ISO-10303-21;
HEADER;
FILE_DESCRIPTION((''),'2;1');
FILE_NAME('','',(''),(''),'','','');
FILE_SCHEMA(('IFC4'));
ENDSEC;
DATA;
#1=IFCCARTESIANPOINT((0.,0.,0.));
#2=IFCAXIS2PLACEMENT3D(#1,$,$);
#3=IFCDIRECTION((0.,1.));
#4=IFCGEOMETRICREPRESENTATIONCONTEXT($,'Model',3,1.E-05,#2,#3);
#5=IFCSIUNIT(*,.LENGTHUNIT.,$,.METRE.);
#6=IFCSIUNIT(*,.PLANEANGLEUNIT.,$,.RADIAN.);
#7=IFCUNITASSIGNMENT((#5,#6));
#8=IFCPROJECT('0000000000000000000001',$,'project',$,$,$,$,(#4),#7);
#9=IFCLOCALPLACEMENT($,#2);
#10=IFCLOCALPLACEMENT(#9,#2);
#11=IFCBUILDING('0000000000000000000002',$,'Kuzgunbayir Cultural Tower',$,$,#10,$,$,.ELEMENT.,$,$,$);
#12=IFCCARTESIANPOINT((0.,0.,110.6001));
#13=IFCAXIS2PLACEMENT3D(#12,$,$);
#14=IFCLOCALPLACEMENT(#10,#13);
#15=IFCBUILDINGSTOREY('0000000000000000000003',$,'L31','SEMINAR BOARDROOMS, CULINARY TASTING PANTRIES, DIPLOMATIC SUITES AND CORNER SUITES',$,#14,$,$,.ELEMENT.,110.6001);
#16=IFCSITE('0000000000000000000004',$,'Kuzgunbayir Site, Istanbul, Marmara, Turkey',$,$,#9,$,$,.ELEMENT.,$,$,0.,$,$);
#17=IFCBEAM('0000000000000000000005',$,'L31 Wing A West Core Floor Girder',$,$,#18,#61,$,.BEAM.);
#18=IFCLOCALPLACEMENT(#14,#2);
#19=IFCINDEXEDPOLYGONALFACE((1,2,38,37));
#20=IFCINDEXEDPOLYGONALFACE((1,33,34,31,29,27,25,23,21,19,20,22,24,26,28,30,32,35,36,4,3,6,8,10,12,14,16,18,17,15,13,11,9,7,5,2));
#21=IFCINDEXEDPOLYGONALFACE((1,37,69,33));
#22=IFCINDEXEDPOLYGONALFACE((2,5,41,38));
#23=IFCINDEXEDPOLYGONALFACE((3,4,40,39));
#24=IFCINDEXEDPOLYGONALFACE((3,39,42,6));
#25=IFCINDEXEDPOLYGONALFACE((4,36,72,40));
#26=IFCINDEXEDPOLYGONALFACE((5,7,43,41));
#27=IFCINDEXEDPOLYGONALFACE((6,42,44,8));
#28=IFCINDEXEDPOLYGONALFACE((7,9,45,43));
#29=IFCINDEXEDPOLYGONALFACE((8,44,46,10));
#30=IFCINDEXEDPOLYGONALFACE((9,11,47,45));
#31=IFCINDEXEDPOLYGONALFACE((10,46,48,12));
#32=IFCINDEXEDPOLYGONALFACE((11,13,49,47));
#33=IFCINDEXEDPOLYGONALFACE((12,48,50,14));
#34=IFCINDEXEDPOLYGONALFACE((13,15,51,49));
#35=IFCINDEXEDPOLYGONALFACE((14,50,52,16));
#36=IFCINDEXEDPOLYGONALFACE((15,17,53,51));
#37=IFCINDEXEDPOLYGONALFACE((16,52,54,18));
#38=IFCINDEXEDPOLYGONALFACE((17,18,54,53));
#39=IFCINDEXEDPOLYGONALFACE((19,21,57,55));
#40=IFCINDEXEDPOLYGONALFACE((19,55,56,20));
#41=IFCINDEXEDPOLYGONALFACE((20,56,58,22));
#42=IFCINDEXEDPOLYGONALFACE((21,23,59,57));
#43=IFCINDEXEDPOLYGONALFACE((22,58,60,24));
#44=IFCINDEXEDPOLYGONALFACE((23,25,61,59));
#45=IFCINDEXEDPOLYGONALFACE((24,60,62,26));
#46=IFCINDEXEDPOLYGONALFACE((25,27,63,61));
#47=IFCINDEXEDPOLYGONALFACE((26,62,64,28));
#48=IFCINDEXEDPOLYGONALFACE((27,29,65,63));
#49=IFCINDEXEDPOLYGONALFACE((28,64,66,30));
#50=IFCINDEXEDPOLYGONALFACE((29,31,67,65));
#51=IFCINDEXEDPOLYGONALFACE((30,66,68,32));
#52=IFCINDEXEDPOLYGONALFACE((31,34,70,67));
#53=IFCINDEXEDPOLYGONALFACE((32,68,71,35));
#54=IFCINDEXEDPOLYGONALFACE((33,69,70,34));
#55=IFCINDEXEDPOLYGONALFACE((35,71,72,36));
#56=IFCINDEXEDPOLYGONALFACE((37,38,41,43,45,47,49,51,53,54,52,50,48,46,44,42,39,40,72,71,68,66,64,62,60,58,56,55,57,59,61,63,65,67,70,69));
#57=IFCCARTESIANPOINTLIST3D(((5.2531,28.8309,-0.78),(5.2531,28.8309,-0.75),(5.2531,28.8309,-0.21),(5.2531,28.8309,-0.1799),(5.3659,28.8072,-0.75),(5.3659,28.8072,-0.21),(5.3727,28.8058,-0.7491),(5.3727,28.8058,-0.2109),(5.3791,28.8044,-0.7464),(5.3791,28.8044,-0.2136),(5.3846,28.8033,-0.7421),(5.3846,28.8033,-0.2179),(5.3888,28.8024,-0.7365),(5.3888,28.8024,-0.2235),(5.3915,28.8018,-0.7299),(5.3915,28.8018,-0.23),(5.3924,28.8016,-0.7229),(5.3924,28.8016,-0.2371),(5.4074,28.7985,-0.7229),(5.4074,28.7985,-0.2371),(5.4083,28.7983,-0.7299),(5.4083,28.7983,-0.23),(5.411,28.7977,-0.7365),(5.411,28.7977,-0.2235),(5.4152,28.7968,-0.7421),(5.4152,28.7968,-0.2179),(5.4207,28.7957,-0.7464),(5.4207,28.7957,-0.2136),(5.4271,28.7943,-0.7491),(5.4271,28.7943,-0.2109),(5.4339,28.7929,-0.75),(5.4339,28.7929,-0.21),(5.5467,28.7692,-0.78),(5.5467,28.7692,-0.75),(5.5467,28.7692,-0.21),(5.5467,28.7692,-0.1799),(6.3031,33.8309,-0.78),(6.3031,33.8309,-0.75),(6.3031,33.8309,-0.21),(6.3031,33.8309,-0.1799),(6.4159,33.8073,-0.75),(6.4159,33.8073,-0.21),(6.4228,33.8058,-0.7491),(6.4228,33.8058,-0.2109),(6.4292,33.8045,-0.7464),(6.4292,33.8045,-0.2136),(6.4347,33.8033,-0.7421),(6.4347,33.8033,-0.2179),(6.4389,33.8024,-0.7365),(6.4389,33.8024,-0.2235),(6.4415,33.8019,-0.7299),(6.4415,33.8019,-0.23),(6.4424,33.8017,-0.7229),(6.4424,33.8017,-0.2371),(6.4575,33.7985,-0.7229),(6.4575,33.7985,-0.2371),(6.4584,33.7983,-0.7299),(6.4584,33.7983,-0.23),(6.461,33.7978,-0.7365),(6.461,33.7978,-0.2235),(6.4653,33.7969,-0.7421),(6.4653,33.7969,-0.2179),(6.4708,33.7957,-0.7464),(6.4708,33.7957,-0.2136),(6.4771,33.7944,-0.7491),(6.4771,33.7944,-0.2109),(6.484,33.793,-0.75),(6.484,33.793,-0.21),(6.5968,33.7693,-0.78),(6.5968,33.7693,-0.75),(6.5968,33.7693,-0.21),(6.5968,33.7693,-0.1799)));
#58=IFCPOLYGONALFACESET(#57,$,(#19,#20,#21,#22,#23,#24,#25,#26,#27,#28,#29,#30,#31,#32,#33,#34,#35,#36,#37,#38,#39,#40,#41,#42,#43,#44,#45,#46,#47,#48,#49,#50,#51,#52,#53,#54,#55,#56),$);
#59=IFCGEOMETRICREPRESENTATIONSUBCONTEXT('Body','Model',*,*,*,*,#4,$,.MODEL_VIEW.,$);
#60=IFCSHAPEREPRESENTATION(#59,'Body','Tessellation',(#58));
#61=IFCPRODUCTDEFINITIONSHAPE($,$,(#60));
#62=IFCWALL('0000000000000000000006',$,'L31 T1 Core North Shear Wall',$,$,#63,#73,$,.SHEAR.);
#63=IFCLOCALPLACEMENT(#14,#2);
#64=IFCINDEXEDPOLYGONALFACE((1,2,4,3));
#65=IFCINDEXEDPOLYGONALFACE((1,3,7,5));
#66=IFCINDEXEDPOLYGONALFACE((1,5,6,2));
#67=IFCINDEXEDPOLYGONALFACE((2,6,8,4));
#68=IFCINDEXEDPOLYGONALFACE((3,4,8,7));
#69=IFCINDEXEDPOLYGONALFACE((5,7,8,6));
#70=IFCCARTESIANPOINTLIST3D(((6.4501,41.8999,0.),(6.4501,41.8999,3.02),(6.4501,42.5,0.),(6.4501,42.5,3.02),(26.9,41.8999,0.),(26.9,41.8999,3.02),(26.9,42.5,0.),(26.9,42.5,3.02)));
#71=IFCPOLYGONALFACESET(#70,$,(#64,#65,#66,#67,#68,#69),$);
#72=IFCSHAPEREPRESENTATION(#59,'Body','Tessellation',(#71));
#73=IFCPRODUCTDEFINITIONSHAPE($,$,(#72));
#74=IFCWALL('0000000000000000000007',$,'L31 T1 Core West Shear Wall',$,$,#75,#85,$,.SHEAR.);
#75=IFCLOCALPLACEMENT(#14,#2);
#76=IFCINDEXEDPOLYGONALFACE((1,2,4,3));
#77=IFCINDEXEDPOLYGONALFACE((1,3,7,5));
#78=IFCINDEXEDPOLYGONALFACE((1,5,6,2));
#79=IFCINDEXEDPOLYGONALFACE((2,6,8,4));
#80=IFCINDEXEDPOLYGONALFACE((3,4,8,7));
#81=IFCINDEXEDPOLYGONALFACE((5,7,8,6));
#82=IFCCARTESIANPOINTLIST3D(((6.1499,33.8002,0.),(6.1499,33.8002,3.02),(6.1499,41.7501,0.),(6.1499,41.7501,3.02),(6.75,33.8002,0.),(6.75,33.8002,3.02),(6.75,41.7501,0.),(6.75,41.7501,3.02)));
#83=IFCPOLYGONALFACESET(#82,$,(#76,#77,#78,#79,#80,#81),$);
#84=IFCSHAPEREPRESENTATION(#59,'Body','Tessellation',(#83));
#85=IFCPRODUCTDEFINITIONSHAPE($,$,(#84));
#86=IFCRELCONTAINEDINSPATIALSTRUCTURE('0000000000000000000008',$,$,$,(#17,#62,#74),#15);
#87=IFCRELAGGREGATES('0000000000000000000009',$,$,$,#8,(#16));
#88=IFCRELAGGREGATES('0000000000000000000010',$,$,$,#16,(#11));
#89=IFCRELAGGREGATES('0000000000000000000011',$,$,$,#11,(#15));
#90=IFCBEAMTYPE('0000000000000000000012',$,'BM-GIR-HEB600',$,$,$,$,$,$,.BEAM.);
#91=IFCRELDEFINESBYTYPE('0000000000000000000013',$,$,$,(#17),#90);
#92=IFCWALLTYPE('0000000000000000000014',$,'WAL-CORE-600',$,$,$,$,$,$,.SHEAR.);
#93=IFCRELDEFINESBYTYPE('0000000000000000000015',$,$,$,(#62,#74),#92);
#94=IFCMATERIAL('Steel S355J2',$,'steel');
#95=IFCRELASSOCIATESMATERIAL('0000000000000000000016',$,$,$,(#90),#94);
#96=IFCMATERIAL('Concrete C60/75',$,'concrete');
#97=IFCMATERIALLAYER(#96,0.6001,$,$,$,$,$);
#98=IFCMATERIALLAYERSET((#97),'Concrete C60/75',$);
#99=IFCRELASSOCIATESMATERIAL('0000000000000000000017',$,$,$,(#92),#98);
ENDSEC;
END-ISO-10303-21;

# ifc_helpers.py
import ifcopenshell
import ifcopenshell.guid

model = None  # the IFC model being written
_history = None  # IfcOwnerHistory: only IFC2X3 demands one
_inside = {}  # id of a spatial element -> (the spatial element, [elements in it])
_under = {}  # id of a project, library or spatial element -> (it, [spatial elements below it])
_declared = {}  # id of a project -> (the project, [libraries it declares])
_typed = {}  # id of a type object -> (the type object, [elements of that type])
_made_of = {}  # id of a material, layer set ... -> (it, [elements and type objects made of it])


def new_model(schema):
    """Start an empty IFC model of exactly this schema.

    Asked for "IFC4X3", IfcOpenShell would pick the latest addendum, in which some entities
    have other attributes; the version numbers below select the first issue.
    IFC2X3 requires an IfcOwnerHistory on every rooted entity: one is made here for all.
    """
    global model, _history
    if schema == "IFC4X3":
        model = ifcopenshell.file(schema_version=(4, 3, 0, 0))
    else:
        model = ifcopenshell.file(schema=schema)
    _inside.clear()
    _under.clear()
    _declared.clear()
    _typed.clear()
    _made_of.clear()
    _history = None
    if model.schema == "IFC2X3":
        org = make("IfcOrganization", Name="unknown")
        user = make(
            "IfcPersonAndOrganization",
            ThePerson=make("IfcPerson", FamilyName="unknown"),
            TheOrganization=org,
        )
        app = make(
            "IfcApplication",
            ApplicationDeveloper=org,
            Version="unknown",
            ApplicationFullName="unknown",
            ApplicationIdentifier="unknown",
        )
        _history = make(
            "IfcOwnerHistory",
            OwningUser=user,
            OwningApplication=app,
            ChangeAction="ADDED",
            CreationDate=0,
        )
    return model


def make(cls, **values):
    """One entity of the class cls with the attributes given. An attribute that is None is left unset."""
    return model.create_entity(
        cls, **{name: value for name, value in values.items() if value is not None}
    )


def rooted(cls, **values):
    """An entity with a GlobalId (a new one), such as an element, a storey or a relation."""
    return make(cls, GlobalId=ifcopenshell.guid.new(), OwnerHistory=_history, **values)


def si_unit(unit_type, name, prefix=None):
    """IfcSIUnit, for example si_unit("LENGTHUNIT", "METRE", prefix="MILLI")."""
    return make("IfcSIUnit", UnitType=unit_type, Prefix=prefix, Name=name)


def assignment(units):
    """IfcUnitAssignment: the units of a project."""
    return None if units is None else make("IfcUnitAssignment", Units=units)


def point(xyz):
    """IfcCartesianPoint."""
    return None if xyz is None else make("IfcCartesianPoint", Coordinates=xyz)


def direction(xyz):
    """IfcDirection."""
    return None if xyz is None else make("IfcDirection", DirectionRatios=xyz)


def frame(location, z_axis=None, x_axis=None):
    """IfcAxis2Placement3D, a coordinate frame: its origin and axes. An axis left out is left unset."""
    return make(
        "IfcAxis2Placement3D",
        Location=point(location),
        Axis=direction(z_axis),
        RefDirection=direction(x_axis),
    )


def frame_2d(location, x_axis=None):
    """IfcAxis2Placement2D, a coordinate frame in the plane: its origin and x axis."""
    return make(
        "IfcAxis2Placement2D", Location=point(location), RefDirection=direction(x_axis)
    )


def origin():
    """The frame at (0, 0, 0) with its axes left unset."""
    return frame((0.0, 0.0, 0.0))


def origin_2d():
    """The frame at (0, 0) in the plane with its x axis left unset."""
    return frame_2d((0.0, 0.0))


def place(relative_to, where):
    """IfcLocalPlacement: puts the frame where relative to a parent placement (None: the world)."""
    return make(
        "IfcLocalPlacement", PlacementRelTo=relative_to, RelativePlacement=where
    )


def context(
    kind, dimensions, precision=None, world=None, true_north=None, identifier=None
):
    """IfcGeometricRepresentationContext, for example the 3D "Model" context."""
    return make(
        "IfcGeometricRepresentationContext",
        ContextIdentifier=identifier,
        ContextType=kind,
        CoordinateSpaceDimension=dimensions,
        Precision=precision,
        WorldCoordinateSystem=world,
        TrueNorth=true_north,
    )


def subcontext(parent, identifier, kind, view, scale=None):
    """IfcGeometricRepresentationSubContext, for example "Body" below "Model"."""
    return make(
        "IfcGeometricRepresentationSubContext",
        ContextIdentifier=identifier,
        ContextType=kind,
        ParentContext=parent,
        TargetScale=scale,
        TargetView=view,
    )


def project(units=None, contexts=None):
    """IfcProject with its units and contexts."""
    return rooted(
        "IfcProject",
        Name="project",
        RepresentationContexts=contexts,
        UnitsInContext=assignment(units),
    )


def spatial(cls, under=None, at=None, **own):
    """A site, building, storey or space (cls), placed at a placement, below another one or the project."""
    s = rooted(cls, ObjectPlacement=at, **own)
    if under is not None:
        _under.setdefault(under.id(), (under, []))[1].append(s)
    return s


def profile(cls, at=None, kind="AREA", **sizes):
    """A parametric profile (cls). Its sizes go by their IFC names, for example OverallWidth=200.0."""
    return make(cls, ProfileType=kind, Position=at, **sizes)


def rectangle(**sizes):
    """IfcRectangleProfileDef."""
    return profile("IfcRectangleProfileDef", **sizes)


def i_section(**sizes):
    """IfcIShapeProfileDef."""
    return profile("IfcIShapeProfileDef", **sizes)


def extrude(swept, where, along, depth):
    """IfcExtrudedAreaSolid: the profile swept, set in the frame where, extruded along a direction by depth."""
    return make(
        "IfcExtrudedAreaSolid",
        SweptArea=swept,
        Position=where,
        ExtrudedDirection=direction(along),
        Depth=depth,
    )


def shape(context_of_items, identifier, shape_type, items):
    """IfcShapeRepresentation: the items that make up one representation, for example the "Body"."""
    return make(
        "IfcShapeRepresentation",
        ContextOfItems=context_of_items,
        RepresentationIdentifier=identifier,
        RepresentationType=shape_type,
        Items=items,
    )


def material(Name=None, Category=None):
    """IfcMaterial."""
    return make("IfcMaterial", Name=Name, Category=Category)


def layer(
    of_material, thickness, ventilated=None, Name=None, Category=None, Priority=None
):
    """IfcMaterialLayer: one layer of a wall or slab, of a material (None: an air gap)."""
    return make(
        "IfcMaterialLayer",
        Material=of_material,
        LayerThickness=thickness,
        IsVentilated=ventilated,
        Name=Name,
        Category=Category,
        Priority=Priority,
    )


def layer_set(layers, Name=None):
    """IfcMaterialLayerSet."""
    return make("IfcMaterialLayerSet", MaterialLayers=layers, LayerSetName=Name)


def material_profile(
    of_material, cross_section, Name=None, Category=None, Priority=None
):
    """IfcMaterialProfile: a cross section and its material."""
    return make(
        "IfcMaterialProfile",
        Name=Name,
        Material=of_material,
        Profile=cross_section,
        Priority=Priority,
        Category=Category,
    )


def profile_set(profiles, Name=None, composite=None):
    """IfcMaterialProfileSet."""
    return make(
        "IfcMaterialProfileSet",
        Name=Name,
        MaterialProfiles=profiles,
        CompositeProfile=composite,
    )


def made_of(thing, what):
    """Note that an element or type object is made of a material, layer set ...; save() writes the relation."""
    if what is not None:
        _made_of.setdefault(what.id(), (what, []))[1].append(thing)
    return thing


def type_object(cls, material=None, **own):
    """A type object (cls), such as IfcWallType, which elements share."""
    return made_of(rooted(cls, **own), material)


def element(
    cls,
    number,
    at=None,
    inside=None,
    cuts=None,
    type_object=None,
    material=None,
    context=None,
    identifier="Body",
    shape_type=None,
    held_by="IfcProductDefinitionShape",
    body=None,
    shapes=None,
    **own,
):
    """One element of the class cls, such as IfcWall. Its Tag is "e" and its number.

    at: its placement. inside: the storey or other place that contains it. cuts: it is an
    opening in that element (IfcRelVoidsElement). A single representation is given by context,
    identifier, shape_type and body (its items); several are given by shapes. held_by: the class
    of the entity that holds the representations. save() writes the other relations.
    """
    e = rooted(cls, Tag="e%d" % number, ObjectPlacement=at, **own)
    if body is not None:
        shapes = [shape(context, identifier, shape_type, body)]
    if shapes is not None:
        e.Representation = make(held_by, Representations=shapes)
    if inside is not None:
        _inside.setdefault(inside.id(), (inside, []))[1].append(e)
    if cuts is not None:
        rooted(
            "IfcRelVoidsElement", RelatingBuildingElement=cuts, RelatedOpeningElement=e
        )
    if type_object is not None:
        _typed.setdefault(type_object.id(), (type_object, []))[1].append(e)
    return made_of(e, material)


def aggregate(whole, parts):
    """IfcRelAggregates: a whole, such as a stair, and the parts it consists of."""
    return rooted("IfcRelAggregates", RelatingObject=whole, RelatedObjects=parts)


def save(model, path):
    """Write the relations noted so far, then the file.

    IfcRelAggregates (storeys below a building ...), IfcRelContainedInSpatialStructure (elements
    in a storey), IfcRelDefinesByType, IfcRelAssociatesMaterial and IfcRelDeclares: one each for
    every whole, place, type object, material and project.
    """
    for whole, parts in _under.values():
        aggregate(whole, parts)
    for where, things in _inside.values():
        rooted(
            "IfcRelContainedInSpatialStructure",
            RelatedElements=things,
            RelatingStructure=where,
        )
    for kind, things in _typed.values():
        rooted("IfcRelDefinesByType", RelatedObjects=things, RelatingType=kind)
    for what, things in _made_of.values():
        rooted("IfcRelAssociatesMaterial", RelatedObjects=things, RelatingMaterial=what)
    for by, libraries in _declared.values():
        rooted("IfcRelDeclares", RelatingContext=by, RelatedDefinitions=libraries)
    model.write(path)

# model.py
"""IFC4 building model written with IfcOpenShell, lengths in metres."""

from ifc_helpers import new_model, si_unit, direction, frame, frame_2d, origin, origin_2d, place, context, subcontext, project, spatial, rectangle, i_section, extrude, material, layer, layer_set, material_profile, profile_set, type_object, element, save


model = new_model("IFC4")

# Units and contexts
model_context = context("Model", 3, precision=1e-05, world=origin(), true_north=direction((0.0, 1.0)))
body_context = subcontext(model_context, "Body", "Model", "MODEL_VIEW")
ifc_project = project(units=[si_unit("LENGTHUNIT", "METRE"), si_unit("PLANEANGLEUNIT", "RADIAN")], contexts=[model_context])

# Site, building, storey
site_placement = place(None, origin())
site = spatial("IfcSite", under=ifc_project, at=site_placement, Name="Kuzgunbayir Site, Istanbul, Marmara, Turkey", CompositionType="ELEMENT", RefElevation=0.0)
building_placement = place(site_placement, origin())
building = spatial("IfcBuilding", under=site, at=building_placement, Name="Kuzgunbayir Cultural Tower", CompositionType="ELEMENT")
storey_placement = place(building_placement, frame((0.0, 0.0, 110.6001)))
storey = spatial("IfcBuildingStorey", under=building, at=storey_placement, Name="L31", Description="SEMINAR BOARDROOMS, CULINARY TASTING PANTRIES, DIPLOMATIC SUITES AND CORNER SUITES", CompositionType="ELEMENT", Elevation=110.6001)

# Beam
ifc_material_1 = material(Name="Steel S355J2", Category="steel")
ifc_material_profile_1 = material_profile(ifc_material_1, i_section(OverallWidth=0.3, OverallDepth=0.6001, WebThickness=0.0154, FlangeThickness=0.03, FilletRadius=0.0271, at=origin_2d()), Name="HEB 600")
ifc_profile_set_1 = profile_set([ifc_material_profile_1], Name="Steel S355J2")
beam_type = type_object("IfcBeamType", Name="BM-GIR-HEB600", PredefinedType="BEAM", material=ifc_profile_set_1)
beam_1_placement = place(storey_placement, frame((5.3999, 28.8, -0.48), z_axis=(0.205526, 0.978652, 0.0), x_axis=(-0.978652, 0.205526, 0.0)))
element("IfcBeam", 1, at=beam_1_placement, inside=storey, type_object=beam_type, Name="L31 Wing A West Core Floor Girder", PredefinedType="BEAM", context=body_context, shape_type="SweptSolid", body=[
    extrude(i_section(OverallWidth=0.3, OverallDepth=0.6001, WebThickness=0.0154, FlangeThickness=0.03, FilletRadius=0.0271, at=origin_2d()), origin(), (0.0, 0.0, 1.0), 5.1091),
])

# Walls
ifc_material_2 = material(Name="Concrete C60/75", Category="concrete")
ifc_layer_1 = layer(ifc_material_2, 0.6001)
ifc_layer_set_1 = layer_set([ifc_layer_1], Name="Concrete C60/75")
wall_type_1 = type_object("IfcWallType", Name="WAL-CORE-600", PredefinedType="SHEAR", material=ifc_layer_set_1)
wall_1_placement = place(storey_placement, frame((6.45, 42.2, 0.0), z_axis=(0.0, 0.0, 1.0), x_axis=(1.0, 0.0, 0.0)))
element("IfcWall", 2, at=wall_1_placement, inside=storey, type_object=wall_type_1, Name="L31 T1 Core North Shear Wall", PredefinedType="SHEAR", context=body_context, shape_type="SweptSolid", body=[
    extrude(rectangle(XDim=20.45, YDim=0.6001, at=frame_2d((10.2251, 0.0))), origin(), (0.0, 0.0, 1.0), 3.02),
])
wall_2_placement = place(storey_placement, frame((6.45, 33.8, 0.0), z_axis=(0.0, 0.0, 1.0), x_axis=(0.0, 1.0, 0.0)))
element("IfcWall", 3, at=wall_2_placement, inside=storey, type_object=wall_type_1, Name="L31 T1 Core West Shear Wall", PredefinedType="SHEAR", context=body_context, shape_type="SweptSolid", body=[
    extrude(rectangle(XDim=7.95, YDim=0.6001, at=frame_2d((3.9751, 0.0))), origin(), (0.0, 0.0, 1.0), 3.02),
])

save(model, "model.ifc")
